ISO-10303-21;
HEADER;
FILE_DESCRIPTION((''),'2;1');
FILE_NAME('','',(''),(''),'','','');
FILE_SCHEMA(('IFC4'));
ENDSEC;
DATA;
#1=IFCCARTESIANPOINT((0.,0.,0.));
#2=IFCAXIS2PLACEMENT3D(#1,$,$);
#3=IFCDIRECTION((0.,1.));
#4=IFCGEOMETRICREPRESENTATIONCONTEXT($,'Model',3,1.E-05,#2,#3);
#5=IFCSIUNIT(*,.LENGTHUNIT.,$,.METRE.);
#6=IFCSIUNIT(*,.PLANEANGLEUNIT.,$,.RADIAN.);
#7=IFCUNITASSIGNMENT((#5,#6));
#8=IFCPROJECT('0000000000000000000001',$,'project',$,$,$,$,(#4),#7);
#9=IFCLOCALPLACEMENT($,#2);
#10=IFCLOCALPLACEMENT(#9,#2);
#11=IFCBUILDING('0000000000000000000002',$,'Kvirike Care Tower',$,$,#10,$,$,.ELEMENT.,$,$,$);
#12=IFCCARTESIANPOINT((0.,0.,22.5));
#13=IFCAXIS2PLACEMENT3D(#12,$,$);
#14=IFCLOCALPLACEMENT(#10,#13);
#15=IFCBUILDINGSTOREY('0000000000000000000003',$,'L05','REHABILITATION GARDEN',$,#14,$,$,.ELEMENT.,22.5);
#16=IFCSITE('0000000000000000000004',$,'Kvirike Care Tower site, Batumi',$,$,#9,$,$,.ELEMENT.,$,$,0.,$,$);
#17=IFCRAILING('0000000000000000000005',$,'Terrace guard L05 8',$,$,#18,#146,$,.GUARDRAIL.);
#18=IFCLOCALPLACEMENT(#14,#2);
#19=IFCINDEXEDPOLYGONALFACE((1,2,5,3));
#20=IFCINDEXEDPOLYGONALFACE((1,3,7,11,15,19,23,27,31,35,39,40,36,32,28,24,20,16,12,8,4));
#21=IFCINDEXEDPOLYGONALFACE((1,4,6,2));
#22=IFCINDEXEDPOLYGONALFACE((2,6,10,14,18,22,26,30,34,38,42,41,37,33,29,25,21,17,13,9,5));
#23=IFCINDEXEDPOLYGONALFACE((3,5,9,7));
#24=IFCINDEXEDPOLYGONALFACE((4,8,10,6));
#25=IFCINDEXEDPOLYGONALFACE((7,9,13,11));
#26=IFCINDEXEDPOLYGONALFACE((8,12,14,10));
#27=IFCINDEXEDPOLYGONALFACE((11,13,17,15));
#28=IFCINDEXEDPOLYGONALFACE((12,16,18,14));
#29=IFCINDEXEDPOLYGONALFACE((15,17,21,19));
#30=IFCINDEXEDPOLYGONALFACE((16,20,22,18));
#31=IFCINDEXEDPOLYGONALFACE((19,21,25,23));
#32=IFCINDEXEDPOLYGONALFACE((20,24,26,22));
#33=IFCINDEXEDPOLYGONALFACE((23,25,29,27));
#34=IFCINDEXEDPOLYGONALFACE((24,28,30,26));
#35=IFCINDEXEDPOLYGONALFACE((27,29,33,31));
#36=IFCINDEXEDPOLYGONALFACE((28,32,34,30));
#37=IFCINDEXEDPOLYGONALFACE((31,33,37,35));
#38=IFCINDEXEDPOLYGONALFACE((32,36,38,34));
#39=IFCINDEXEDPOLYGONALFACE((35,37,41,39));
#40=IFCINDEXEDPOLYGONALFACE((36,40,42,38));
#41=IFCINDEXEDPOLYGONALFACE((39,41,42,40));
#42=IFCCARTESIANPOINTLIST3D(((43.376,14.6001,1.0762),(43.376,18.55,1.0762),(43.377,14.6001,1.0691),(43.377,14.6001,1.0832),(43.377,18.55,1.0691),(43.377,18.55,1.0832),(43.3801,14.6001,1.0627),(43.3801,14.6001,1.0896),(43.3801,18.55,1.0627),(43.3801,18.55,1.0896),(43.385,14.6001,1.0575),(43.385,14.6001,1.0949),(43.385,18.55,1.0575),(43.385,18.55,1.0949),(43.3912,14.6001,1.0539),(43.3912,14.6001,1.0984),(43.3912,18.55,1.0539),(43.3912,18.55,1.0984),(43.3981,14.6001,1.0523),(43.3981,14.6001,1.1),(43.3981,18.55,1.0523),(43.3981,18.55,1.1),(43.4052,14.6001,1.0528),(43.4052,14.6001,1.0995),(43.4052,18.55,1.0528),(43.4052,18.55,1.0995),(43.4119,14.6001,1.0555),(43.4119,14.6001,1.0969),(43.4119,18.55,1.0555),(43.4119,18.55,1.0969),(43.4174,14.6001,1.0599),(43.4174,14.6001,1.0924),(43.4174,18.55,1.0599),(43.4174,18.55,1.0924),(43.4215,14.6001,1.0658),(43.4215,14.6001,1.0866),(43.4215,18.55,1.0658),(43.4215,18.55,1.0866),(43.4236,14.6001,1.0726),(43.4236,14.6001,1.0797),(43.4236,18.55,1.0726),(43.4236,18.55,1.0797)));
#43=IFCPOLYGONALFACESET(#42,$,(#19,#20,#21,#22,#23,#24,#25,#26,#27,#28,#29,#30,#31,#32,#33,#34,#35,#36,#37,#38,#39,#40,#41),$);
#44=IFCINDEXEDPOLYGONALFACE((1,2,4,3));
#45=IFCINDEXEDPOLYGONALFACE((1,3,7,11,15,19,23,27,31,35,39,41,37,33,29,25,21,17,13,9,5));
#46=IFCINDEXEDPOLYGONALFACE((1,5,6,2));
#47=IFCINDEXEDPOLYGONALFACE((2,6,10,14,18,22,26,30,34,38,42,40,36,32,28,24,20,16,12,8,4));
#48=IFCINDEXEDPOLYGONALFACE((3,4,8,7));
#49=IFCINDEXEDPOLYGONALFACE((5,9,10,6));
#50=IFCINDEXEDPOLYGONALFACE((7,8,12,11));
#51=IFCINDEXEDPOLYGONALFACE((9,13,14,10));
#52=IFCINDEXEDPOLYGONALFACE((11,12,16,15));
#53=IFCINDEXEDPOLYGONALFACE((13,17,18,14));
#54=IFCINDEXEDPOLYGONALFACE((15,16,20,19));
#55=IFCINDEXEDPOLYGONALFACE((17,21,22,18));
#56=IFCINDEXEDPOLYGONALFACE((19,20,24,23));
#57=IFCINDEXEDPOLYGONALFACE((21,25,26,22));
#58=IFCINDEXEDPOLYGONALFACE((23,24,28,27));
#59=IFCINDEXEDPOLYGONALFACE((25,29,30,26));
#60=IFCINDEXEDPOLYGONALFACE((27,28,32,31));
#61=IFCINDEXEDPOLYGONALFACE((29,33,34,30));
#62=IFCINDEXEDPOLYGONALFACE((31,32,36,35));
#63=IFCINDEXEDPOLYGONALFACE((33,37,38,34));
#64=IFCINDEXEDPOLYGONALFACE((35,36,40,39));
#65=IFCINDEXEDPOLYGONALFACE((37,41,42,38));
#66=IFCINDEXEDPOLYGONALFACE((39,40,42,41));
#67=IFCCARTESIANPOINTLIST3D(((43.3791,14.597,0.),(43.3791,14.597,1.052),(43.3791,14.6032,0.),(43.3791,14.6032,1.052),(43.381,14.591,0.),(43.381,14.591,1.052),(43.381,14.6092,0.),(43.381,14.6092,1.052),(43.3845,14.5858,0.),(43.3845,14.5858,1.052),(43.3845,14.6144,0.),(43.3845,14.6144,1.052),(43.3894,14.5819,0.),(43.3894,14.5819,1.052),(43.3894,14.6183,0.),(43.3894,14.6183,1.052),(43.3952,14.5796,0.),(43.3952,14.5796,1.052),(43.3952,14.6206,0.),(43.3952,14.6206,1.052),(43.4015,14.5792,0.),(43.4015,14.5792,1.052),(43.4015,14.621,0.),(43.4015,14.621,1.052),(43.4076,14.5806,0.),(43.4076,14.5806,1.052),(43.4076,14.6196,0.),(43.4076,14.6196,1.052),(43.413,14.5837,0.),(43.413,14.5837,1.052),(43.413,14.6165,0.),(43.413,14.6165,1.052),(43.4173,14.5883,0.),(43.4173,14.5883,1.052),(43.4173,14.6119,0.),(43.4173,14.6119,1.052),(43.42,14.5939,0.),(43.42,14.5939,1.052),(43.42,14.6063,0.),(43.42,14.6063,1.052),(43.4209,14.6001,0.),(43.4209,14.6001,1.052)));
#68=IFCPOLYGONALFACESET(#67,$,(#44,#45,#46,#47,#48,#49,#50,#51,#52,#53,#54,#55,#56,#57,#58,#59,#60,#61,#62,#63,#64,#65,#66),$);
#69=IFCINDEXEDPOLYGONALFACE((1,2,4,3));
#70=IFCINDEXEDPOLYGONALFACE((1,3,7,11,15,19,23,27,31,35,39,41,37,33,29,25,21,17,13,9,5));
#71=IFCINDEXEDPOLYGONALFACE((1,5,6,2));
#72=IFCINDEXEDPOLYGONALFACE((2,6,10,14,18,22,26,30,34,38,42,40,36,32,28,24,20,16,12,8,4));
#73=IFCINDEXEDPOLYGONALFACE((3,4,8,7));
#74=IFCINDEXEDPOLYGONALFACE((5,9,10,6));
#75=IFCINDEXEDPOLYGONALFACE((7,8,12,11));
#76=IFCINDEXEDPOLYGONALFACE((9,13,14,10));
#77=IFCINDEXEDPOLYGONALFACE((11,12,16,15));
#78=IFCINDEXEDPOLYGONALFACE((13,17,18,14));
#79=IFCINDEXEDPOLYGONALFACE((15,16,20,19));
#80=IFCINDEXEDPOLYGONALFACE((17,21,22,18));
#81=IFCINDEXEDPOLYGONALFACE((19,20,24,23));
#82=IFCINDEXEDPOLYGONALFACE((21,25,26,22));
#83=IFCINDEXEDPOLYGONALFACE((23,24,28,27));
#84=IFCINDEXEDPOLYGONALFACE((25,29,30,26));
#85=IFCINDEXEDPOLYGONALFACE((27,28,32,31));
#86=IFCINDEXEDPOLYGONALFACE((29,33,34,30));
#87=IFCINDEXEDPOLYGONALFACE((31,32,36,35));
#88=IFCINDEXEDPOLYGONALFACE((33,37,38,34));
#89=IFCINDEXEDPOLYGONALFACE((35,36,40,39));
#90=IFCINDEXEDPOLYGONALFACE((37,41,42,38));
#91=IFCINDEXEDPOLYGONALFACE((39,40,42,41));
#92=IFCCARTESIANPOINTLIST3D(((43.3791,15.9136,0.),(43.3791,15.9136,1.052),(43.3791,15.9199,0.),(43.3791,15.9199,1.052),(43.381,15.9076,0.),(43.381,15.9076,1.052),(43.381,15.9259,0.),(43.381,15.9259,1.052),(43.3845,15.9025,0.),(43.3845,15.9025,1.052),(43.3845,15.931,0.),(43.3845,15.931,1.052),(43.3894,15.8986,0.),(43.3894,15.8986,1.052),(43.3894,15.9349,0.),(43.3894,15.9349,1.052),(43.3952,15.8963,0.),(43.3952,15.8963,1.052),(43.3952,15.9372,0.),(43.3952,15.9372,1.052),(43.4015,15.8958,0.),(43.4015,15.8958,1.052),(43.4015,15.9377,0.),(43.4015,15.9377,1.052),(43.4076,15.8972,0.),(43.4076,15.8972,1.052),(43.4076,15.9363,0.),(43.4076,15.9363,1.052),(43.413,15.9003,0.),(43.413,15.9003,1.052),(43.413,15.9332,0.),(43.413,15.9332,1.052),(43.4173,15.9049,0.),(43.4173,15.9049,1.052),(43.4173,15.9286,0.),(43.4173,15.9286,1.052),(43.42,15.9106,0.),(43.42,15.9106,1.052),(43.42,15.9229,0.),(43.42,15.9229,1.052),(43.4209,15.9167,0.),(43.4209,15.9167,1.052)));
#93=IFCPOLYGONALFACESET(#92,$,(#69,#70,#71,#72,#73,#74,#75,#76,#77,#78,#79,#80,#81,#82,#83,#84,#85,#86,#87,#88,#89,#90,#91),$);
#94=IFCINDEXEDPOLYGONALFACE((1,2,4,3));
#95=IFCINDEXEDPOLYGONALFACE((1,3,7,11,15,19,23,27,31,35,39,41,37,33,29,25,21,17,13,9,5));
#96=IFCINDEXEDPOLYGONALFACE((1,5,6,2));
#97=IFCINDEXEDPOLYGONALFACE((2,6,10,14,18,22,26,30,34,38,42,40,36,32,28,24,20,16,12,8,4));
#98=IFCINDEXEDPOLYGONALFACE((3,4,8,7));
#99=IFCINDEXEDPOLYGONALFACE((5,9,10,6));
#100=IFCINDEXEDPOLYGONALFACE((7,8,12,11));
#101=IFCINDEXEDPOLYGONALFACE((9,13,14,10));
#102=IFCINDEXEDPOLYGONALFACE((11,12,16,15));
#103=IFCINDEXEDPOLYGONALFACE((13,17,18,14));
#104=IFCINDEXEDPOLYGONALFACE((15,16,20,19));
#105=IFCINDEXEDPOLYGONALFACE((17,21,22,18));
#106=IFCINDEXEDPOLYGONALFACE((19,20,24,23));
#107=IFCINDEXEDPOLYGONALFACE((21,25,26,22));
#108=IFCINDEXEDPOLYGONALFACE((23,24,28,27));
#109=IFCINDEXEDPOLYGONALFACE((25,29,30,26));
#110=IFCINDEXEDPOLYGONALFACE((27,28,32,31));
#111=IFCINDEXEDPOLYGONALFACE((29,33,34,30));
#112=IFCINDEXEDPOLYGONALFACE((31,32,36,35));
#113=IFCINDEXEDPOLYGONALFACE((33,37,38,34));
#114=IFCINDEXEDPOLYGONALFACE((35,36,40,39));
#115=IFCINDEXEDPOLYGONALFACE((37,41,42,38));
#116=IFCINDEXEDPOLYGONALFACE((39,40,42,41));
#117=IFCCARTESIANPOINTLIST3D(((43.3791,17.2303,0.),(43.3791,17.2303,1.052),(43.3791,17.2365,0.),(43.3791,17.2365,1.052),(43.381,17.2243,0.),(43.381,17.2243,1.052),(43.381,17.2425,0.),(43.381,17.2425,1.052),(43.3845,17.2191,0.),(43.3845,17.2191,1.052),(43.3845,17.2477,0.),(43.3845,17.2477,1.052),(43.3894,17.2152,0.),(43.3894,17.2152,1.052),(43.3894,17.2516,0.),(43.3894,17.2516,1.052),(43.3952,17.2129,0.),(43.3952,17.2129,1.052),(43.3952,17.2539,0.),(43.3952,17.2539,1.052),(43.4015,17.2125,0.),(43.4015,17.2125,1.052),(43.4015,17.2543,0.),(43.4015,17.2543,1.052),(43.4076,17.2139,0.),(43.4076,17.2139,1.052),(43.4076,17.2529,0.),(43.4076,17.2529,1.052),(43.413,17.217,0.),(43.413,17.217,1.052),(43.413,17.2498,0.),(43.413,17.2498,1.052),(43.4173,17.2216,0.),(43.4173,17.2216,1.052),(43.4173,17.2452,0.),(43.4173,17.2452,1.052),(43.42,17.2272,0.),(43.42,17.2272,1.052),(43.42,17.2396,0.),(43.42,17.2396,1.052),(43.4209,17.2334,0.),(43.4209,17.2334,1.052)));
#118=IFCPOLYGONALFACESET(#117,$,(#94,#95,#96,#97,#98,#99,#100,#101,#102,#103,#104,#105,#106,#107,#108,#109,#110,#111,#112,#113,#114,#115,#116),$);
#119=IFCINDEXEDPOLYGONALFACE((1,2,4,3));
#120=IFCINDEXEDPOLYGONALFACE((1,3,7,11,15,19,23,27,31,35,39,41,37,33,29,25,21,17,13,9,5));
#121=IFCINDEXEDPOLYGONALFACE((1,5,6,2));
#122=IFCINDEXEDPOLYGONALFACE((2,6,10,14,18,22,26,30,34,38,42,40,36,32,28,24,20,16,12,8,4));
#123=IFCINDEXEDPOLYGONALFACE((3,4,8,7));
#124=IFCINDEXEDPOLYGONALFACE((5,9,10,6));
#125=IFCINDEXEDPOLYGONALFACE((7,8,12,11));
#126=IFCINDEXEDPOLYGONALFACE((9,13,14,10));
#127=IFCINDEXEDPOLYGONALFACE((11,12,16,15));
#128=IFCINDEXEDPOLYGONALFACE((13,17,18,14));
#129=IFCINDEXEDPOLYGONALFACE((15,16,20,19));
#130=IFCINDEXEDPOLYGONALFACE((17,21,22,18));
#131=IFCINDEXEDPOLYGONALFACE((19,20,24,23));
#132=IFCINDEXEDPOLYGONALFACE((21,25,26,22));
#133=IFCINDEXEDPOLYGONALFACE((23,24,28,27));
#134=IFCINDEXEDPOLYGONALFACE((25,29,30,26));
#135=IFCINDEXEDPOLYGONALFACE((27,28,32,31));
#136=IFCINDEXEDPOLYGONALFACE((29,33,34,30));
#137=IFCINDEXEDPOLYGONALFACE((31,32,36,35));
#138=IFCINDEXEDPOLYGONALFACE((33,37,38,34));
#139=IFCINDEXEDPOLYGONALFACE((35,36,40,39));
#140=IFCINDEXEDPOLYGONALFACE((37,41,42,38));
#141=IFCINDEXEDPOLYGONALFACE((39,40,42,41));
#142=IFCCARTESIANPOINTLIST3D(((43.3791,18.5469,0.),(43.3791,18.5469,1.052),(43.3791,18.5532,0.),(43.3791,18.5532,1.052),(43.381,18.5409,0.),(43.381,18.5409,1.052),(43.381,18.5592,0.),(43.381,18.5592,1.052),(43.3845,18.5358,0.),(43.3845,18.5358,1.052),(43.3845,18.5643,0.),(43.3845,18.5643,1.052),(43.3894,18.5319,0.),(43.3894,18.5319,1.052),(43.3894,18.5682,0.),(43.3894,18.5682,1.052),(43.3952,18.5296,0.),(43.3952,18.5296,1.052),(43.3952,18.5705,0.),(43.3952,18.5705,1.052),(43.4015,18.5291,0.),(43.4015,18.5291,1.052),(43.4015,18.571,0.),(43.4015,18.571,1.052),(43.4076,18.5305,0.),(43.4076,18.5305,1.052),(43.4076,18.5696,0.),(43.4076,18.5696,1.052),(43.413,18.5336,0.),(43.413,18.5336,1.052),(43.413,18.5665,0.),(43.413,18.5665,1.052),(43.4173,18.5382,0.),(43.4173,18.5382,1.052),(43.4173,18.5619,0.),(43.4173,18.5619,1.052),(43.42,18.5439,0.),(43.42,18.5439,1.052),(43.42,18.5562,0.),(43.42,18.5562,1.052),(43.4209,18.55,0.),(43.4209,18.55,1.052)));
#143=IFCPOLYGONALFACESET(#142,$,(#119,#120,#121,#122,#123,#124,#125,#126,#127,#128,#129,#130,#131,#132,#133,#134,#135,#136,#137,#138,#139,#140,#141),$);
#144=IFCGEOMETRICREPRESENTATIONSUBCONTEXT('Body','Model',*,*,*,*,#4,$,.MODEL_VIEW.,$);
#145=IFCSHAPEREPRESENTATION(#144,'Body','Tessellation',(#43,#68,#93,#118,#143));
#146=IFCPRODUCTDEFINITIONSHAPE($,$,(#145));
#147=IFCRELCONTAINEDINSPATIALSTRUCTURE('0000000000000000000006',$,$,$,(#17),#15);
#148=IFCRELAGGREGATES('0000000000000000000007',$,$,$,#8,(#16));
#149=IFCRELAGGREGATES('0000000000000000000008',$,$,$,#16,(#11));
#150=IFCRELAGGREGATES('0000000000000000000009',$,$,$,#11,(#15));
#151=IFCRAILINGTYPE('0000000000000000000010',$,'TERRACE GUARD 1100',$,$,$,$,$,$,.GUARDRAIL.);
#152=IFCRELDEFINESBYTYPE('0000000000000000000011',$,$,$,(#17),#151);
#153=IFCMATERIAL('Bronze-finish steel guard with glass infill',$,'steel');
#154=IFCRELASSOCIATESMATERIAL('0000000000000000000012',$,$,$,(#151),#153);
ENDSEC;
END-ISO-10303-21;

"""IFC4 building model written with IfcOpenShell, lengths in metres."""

from ifc_helpers import new_model, si_unit, direction, frame, origin, origin_2d, place, context, subcontext, project, spatial, circle, extrude, material, type_object, element, save


model = new_model("IFC4")

# Units and contexts
model_context = context("Model", 3, precision=1e-05, world=origin(), true_north=direction((0.0, 1.0)))
body_context = subcontext(model_context, "Body", "Model", "MODEL_VIEW")
ifc_project = project(units=[si_unit("LENGTHUNIT", "METRE"), si_unit("PLANEANGLEUNIT", "RADIAN")], contexts=[model_context])

# Site, building, storey
site_placement = place(None, origin())
site = spatial("IfcSite", under=ifc_project, at=site_placement, Name="Kvirike Care Tower site, Batumi", CompositionType="ELEMENT", RefElevation=0.0)
building_placement = place(site_placement, origin())
building = spatial("IfcBuilding", under=site, at=building_placement, Name="Kvirike Care Tower", CompositionType="ELEMENT")
storey_placement = place(building_placement, frame((0.0, 0.0, 22.5)))
storey = spatial("IfcBuildingStorey", under=building, at=storey_placement, Name="L05", Description="REHABILITATION GARDEN", CompositionType="ELEMENT", Elevation=22.5)

# Railing
ifc_material_1 = material(Name="Bronze-finish steel guard with glass infill", Category="steel")
railing_type = type_object("IfcRailingType", Name="TERRACE GUARD 1100", PredefinedType="GUARDRAIL", material=ifc_material_1)
railing_1_placement = place(storey_placement, frame((43.3999, 14.6001, 0.0)))
element("IfcRailing", 1, at=railing_1_placement, inside=storey, type_object=railing_type, Name="Terrace guard L05 8", PredefinedType="GUARDRAIL", context=body_context, shape_type="SweptSolid", body=[
    extrude(circle(Radius=0.0239, at=origin_2d()), frame((0.0, 0.0, 1.0762), z_axis=(0.0, 1.0, 0.0), x_axis=(-1.0, 0.0, 0.0)), (0.0, 0.0, 1.0), 3.95),
    extrude(circle(Radius=0.021, at=origin_2d()), origin(), (0.0, 0.0, 1.0), 1.052),
    extrude(circle(Radius=0.021, at=origin_2d()), frame((0.0, 1.3167, 0.0)), (0.0, 0.0, 1.0), 1.052),
    extrude(circle(Radius=0.021, at=origin_2d()), frame((0.0, 2.6333, 0.0)), (0.0, 0.0, 1.0), 1.052),
    extrude(circle(Radius=0.021, at=origin_2d()), frame((0.0, 3.95, 0.0)), (0.0, 0.0, 1.0), 1.052),
])

save(model, "model.ifc")
